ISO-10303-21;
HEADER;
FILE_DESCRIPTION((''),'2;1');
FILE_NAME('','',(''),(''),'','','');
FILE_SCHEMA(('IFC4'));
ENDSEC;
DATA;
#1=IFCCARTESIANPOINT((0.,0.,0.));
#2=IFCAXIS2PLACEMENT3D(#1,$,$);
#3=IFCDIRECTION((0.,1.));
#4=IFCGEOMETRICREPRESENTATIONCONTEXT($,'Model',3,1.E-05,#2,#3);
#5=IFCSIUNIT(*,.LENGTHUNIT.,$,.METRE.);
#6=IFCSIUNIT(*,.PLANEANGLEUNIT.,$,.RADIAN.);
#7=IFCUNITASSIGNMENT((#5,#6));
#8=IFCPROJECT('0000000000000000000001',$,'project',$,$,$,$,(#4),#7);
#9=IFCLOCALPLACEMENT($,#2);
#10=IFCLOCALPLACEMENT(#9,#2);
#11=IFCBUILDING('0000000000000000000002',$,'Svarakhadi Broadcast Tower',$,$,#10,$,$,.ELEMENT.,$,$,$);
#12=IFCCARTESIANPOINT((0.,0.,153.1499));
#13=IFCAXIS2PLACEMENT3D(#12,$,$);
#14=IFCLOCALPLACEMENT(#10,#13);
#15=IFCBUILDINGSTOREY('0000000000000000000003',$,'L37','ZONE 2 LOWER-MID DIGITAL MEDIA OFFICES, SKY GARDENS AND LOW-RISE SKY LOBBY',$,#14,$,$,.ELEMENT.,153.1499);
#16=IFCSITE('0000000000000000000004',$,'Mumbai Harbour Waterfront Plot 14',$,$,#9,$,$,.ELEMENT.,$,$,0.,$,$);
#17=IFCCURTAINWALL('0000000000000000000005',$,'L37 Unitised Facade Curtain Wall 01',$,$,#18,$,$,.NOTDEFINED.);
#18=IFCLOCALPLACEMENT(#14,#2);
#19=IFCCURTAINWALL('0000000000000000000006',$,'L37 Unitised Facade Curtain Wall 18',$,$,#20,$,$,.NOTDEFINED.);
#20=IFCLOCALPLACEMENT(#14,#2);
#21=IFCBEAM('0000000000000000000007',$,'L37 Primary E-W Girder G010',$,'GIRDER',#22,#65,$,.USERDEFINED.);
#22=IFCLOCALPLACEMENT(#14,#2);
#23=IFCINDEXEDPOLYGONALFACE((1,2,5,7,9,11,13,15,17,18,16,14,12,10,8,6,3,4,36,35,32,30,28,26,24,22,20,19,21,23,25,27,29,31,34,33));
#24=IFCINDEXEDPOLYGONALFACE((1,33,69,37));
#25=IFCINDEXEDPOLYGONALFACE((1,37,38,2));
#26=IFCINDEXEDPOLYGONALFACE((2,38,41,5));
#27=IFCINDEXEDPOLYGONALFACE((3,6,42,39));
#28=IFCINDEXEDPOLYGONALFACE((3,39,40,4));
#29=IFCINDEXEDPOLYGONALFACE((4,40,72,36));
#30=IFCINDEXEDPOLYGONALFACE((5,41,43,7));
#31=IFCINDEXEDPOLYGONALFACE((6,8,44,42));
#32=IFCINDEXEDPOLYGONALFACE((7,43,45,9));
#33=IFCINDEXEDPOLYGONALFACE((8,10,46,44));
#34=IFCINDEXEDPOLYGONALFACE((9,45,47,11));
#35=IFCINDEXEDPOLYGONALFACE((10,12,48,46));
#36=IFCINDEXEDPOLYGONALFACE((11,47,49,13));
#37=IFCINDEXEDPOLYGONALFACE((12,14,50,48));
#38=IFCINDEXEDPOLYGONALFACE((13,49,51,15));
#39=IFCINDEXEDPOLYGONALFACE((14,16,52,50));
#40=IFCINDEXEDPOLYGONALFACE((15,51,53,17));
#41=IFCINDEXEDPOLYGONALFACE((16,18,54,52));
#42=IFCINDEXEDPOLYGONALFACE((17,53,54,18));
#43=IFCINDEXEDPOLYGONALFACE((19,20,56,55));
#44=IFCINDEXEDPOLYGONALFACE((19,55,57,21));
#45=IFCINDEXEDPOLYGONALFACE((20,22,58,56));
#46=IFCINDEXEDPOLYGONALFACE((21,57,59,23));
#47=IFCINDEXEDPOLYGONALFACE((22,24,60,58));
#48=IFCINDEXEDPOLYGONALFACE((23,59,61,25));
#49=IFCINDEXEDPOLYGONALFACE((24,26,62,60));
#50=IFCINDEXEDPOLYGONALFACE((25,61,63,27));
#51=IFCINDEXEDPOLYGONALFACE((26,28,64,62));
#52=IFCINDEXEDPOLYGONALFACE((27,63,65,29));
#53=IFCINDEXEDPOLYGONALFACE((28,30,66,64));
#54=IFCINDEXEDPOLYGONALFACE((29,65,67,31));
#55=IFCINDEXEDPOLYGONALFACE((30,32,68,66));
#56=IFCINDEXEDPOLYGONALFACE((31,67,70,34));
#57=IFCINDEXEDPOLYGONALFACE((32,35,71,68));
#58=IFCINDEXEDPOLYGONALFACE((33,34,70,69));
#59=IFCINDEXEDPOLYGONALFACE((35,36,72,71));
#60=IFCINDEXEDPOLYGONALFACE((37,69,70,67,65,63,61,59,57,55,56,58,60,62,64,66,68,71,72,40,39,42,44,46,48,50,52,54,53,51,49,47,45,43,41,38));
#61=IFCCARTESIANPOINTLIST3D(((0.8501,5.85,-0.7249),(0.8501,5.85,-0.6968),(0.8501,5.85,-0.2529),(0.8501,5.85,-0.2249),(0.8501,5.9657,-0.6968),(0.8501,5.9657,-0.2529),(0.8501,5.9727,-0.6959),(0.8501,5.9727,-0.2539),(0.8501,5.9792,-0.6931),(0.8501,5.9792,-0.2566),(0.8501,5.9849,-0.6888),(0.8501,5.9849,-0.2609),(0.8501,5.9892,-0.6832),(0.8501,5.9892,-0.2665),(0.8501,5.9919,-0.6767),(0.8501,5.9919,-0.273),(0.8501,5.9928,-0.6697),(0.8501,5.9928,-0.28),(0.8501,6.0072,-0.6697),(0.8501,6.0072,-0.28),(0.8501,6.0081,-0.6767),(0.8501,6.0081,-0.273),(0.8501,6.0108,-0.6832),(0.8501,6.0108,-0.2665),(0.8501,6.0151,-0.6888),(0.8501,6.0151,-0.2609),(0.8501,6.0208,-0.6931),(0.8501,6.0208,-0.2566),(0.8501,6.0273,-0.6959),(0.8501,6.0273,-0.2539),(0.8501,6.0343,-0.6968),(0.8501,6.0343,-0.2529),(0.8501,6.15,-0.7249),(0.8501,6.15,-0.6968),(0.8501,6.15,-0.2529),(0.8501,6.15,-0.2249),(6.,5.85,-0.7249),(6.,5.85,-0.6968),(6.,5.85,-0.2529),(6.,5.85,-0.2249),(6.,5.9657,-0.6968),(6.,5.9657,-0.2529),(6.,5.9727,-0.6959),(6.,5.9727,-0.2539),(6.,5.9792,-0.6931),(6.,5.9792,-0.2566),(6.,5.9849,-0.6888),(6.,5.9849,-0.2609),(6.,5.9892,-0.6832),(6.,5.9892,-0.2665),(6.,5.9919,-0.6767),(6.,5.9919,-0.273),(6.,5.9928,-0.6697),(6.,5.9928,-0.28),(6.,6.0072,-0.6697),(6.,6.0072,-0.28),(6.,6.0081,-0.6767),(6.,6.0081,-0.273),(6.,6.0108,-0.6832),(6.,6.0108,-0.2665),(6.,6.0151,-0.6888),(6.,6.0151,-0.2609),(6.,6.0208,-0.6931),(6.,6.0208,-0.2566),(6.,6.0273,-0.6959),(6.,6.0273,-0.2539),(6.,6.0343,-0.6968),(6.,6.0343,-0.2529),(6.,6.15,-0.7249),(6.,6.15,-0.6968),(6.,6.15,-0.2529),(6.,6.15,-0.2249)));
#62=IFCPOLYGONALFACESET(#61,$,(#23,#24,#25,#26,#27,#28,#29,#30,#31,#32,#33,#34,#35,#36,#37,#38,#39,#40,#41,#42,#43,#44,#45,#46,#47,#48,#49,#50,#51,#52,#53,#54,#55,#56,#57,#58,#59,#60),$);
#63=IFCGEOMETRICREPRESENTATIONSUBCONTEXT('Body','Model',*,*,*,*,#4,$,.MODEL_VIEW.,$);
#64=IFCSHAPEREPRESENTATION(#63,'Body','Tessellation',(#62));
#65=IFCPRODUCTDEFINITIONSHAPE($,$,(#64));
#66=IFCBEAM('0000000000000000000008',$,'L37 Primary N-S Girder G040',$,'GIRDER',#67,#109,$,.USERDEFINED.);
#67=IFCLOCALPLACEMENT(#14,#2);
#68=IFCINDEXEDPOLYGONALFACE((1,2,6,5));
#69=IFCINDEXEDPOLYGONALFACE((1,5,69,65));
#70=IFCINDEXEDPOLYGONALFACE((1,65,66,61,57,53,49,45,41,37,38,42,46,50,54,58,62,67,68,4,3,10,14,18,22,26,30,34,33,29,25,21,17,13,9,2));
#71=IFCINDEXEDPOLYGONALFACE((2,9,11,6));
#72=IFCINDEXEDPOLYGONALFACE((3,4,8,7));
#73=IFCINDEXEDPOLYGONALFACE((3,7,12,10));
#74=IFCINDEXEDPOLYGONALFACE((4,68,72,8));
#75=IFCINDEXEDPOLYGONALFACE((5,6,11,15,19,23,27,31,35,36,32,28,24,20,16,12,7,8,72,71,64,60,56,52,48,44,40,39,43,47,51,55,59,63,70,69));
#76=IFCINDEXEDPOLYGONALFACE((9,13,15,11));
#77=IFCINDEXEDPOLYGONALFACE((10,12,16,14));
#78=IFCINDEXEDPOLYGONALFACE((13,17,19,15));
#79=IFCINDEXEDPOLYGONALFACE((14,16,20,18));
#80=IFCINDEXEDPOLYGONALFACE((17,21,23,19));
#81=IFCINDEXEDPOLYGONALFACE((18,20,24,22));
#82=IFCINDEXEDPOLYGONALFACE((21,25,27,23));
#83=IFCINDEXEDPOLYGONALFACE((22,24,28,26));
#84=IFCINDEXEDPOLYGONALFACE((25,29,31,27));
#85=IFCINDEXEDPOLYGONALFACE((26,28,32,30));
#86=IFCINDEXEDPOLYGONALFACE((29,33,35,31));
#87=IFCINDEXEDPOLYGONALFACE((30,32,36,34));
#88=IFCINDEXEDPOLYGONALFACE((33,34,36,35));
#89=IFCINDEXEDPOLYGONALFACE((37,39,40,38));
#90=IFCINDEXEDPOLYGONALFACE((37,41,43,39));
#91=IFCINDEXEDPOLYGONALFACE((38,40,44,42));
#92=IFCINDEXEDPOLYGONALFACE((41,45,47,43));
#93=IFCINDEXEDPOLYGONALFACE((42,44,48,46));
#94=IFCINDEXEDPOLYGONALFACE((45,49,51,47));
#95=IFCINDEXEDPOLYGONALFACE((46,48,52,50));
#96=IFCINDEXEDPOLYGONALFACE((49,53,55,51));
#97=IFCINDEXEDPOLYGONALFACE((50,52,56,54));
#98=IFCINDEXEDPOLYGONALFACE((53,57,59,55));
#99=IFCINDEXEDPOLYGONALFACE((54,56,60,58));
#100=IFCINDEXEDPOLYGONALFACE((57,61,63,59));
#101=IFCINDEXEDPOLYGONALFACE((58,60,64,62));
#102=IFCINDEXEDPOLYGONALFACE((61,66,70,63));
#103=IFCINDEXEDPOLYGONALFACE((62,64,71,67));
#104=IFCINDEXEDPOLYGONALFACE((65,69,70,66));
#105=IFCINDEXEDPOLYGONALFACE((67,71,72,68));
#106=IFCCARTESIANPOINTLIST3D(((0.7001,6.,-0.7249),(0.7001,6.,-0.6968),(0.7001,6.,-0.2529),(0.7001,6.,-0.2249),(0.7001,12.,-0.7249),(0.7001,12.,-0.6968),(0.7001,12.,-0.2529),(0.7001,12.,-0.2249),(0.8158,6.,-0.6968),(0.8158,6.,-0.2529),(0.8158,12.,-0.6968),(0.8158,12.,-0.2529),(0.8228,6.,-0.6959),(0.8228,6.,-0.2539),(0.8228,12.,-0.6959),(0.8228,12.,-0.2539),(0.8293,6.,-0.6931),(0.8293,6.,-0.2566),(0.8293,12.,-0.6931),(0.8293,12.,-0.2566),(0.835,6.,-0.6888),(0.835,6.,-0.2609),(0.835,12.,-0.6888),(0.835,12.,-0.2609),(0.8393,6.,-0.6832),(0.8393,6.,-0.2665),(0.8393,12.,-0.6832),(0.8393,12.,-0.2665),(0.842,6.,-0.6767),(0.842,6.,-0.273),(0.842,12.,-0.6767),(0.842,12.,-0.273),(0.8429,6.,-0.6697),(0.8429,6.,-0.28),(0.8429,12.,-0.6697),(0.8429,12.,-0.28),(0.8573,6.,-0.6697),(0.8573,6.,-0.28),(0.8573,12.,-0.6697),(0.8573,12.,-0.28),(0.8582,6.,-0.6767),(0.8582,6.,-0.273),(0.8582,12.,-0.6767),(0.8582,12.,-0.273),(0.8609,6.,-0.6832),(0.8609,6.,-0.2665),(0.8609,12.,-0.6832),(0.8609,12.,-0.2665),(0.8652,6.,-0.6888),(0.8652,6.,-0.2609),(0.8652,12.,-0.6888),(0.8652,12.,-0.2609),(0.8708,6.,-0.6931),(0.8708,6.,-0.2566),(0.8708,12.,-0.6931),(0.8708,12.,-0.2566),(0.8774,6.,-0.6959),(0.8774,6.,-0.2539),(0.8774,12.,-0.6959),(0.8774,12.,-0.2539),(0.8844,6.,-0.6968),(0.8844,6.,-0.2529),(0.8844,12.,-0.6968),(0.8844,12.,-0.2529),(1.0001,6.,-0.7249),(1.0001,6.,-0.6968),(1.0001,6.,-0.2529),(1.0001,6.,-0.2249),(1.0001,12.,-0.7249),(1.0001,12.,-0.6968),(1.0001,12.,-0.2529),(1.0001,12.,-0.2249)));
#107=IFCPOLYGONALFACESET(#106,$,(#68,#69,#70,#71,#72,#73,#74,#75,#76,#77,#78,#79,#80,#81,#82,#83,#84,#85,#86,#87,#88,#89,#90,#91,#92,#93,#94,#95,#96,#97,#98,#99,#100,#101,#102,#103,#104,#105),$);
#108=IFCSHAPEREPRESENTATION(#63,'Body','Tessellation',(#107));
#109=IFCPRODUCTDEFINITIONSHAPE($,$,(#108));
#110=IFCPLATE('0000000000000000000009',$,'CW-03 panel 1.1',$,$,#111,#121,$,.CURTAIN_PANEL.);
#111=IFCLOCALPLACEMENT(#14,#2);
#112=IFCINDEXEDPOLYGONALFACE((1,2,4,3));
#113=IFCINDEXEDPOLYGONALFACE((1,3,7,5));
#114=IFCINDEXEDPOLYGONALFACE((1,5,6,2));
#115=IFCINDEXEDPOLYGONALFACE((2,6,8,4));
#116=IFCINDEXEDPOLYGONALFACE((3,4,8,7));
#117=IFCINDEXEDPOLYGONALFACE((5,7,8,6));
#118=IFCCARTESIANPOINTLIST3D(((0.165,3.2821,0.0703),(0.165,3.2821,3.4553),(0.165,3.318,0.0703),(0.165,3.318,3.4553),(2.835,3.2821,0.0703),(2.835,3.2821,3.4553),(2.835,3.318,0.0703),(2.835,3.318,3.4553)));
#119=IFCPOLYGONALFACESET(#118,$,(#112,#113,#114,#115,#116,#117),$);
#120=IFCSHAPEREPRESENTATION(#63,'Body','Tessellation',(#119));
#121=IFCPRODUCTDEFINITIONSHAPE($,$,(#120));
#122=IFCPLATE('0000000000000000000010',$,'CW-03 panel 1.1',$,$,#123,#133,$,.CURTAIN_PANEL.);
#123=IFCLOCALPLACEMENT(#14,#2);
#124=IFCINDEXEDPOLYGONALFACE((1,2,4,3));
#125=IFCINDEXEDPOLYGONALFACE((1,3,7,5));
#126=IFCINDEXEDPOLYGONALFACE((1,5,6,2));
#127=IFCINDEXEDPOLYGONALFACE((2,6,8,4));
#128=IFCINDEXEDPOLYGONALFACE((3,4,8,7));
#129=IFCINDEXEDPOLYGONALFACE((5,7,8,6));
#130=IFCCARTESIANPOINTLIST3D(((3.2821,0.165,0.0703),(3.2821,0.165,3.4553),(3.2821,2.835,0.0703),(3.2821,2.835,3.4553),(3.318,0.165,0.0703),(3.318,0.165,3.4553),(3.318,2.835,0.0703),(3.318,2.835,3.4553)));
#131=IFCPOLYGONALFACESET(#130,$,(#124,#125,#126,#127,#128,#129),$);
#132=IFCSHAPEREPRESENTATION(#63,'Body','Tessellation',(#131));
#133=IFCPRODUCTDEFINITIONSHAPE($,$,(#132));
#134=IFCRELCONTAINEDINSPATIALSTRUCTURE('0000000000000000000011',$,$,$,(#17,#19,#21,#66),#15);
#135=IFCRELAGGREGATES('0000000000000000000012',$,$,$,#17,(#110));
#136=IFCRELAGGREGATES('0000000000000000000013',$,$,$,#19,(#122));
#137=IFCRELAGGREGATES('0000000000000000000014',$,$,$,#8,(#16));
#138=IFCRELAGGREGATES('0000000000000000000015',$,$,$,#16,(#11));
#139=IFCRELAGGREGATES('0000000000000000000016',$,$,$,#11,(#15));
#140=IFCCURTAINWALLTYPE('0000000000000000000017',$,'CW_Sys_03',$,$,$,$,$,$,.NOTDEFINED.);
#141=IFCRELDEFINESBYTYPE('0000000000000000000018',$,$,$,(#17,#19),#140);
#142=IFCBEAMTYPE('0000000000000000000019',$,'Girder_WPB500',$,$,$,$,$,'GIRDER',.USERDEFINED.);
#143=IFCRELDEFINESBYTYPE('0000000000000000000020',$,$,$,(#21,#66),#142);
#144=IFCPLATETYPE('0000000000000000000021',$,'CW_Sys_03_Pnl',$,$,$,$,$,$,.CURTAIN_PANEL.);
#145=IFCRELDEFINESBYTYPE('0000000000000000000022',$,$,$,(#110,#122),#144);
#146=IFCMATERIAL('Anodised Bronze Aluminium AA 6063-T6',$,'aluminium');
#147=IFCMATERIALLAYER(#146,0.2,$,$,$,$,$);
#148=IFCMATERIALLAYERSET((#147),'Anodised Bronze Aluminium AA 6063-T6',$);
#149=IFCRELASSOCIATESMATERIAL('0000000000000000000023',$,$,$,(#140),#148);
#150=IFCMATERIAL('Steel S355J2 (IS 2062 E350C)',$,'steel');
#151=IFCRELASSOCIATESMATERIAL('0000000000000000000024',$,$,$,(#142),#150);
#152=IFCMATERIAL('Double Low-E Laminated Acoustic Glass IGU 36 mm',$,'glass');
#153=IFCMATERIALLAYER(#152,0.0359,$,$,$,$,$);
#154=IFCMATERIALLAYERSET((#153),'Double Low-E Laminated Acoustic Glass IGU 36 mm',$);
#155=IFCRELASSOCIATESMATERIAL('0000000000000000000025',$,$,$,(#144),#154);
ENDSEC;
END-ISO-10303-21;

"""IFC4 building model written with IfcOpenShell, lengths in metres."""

from ifc_helpers import new_model, si_unit, direction, frame, origin, origin_2d, place, context, subcontext, project, spatial, rectangle, i_section, extrude, material, layer, layer_set, material_profile, profile_set, type_object, element, aggregate, save


model = new_model("IFC4")

# Units and contexts
model_context = context("Model", 3, precision=1e-05, world=origin(), true_north=direction((0.0, 1.0)))
body_context = subcontext(model_context, "Body", "Model", "MODEL_VIEW")
ifc_project = project(units=[si_unit("LENGTHUNIT", "METRE"), si_unit("PLANEANGLEUNIT", "RADIAN")], contexts=[model_context])

# Site, building, storey
site_placement = place(None, origin())
site = spatial("IfcSite", under=ifc_project, at=site_placement, Name="Mumbai Harbour Waterfront Plot 14", CompositionType="ELEMENT", RefElevation=0.0)
building_placement = place(site_placement, origin())
building = spatial("IfcBuilding", under=site, at=building_placement, Name="Svarakhadi Broadcast Tower", CompositionType="ELEMENT")
storey_placement = place(building_placement, frame((0.0, 0.0, 153.1499)))
storey = spatial("IfcBuildingStorey", under=building, at=storey_placement, Name="L37", Description="ZONE 2 LOWER-MID DIGITAL MEDIA OFFICES, SKY GARDENS AND LOW-RISE SKY LOBBY", CompositionType="ELEMENT", Elevation=153.1499)

# Curtain wall
ifc_material_1 = material(Name="Anodised Bronze Aluminium AA 6063-T6", Category="aluminium")
ifc_layer_1 = layer(ifc_material_1, 0.2)
ifc_layer_set_1 = layer_set([ifc_layer_1], Name="Anodised Bronze Aluminium AA 6063-T6")
curtain_wall_type = type_object("IfcCurtainWallType", Name="CW_Sys_03", PredefinedType="NOTDEFINED", material=ifc_layer_set_1)
curtain_wall_1_placement = place(storey_placement, origin())
curtain_wall_1 = element("IfcCurtainWall", 1, at=curtain_wall_1_placement, inside=storey, type_object=curtain_wall_type, Name="L37 Unitised Facade Curtain Wall 01", PredefinedType="NOTDEFINED")

# Curtain wall
curtain_wall_2_placement = place(storey_placement, origin())
curtain_wall_2 = element("IfcCurtainWall", 2, at=curtain_wall_2_placement, inside=storey, type_object=curtain_wall_type, Name="L37 Unitised Facade Curtain Wall 18", PredefinedType="NOTDEFINED")

# Beams
ifc_material_2 = material(Name="Steel S355J2 (IS 2062 E350C)", Category="steel")
ifc_material_profile_1 = material_profile(ifc_material_2, i_section(OverallWidth=0.3, OverallDepth=0.5, WebThickness=0.0144, FlangeThickness=0.0281, FilletRadius=0.0271, at=origin_2d()), Name="WPB 500x300x187")
ifc_profile_set_1 = profile_set([ifc_material_profile_1], Name="Steel S355J2 (IS 2062 E350C)")
beam_type = type_object("IfcBeamType", Name="Girder_WPB500", ElementType="GIRDER", PredefinedType="USERDEFINED", material=ifc_profile_set_1)
beam_1_placement = place(storey_placement, frame((0.8501, 6.0, -0.4749), z_axis=(1.0, 0.0, 0.0), x_axis=(0.0, 1.0, 0.0)))
element("IfcBeam", 3, at=beam_1_placement, inside=storey, type_object=beam_type, Name="L37 Primary E-W Girder G010", ObjectType="GIRDER", PredefinedType="USERDEFINED", context=body_context, shape_type="SweptSolid", body=[
    extrude(i_section(OverallWidth=0.3, OverallDepth=0.5, WebThickness=0.0144, FlangeThickness=0.0281, FilletRadius=0.0271, at=origin_2d()), origin(), (0.0, 0.0, 1.0), 5.1499),
])
beam_2_placement = place(storey_placement, frame((0.8501, 6.0, -0.4749), z_axis=(0.0, 1.0, 0.0), x_axis=(-1.0, 0.0, 0.0)))
element("IfcBeam", 4, at=beam_2_placement, inside=storey, type_object=beam_type, Name="L37 Primary N-S Girder G040", ObjectType="GIRDER", PredefinedType="USERDEFINED", context=body_context, shape_type="SweptSolid", body=[
    extrude(i_section(OverallWidth=0.3, OverallDepth=0.5, WebThickness=0.0144, FlangeThickness=0.0281, FilletRadius=0.0271, at=origin_2d()), origin(), (0.0, 0.0, 1.0), 6.0),
])

# Plates
ifc_material_3 = material(Name="Double Low-E Laminated Acoustic Glass IGU 36 mm", Category="glass")
ifc_layer_2 = layer(ifc_material_3, 0.0359)
ifc_layer_set_2 = layer_set([ifc_layer_2], Name="Double Low-E Laminated Acoustic Glass IGU 36 mm")
plate_type = type_object("IfcPlateType", Name="CW_Sys_03_Pnl", PredefinedType="CURTAIN_PANEL", material=ifc_layer_set_2)
plate_1_placement = place(storey_placement, frame((1.5, 3.3, 0.0703), z_axis=(0.0, 0.0, 1.0), x_axis=(-1.0, 0.0, 0.0)))
plate_1 = element("IfcPlate", 5, at=plate_1_placement, type_object=plate_type, Name="CW-03 panel 1.1", PredefinedType="CURTAIN_PANEL", context=body_context, shape_type="SweptSolid", body=[
    extrude(rectangle(XDim=2.6699, YDim=0.0359, at=origin_2d()), origin(), (0.0, 0.0, 1.0), 3.385),
])
aggregate(curtain_wall_1, [plate_1])
plate_2_placement = place(storey_placement, frame((3.3, 1.5, 0.0703), z_axis=(0.0, 0.0, 1.0), x_axis=(0.0, 1.0, 0.0)))
plate_2 = element("IfcPlate", 6, at=plate_2_placement, type_object=plate_type, Name="CW-03 panel 1.1", PredefinedType="CURTAIN_PANEL", context=body_context, shape_type="SweptSolid", body=[
    extrude(rectangle(XDim=2.6699, YDim=0.0359, at=origin_2d()), origin(), (0.0, 0.0, 1.0), 3.385),
])
aggregate(curtain_wall_2, [plate_2])

save(model, "model.ifc")
